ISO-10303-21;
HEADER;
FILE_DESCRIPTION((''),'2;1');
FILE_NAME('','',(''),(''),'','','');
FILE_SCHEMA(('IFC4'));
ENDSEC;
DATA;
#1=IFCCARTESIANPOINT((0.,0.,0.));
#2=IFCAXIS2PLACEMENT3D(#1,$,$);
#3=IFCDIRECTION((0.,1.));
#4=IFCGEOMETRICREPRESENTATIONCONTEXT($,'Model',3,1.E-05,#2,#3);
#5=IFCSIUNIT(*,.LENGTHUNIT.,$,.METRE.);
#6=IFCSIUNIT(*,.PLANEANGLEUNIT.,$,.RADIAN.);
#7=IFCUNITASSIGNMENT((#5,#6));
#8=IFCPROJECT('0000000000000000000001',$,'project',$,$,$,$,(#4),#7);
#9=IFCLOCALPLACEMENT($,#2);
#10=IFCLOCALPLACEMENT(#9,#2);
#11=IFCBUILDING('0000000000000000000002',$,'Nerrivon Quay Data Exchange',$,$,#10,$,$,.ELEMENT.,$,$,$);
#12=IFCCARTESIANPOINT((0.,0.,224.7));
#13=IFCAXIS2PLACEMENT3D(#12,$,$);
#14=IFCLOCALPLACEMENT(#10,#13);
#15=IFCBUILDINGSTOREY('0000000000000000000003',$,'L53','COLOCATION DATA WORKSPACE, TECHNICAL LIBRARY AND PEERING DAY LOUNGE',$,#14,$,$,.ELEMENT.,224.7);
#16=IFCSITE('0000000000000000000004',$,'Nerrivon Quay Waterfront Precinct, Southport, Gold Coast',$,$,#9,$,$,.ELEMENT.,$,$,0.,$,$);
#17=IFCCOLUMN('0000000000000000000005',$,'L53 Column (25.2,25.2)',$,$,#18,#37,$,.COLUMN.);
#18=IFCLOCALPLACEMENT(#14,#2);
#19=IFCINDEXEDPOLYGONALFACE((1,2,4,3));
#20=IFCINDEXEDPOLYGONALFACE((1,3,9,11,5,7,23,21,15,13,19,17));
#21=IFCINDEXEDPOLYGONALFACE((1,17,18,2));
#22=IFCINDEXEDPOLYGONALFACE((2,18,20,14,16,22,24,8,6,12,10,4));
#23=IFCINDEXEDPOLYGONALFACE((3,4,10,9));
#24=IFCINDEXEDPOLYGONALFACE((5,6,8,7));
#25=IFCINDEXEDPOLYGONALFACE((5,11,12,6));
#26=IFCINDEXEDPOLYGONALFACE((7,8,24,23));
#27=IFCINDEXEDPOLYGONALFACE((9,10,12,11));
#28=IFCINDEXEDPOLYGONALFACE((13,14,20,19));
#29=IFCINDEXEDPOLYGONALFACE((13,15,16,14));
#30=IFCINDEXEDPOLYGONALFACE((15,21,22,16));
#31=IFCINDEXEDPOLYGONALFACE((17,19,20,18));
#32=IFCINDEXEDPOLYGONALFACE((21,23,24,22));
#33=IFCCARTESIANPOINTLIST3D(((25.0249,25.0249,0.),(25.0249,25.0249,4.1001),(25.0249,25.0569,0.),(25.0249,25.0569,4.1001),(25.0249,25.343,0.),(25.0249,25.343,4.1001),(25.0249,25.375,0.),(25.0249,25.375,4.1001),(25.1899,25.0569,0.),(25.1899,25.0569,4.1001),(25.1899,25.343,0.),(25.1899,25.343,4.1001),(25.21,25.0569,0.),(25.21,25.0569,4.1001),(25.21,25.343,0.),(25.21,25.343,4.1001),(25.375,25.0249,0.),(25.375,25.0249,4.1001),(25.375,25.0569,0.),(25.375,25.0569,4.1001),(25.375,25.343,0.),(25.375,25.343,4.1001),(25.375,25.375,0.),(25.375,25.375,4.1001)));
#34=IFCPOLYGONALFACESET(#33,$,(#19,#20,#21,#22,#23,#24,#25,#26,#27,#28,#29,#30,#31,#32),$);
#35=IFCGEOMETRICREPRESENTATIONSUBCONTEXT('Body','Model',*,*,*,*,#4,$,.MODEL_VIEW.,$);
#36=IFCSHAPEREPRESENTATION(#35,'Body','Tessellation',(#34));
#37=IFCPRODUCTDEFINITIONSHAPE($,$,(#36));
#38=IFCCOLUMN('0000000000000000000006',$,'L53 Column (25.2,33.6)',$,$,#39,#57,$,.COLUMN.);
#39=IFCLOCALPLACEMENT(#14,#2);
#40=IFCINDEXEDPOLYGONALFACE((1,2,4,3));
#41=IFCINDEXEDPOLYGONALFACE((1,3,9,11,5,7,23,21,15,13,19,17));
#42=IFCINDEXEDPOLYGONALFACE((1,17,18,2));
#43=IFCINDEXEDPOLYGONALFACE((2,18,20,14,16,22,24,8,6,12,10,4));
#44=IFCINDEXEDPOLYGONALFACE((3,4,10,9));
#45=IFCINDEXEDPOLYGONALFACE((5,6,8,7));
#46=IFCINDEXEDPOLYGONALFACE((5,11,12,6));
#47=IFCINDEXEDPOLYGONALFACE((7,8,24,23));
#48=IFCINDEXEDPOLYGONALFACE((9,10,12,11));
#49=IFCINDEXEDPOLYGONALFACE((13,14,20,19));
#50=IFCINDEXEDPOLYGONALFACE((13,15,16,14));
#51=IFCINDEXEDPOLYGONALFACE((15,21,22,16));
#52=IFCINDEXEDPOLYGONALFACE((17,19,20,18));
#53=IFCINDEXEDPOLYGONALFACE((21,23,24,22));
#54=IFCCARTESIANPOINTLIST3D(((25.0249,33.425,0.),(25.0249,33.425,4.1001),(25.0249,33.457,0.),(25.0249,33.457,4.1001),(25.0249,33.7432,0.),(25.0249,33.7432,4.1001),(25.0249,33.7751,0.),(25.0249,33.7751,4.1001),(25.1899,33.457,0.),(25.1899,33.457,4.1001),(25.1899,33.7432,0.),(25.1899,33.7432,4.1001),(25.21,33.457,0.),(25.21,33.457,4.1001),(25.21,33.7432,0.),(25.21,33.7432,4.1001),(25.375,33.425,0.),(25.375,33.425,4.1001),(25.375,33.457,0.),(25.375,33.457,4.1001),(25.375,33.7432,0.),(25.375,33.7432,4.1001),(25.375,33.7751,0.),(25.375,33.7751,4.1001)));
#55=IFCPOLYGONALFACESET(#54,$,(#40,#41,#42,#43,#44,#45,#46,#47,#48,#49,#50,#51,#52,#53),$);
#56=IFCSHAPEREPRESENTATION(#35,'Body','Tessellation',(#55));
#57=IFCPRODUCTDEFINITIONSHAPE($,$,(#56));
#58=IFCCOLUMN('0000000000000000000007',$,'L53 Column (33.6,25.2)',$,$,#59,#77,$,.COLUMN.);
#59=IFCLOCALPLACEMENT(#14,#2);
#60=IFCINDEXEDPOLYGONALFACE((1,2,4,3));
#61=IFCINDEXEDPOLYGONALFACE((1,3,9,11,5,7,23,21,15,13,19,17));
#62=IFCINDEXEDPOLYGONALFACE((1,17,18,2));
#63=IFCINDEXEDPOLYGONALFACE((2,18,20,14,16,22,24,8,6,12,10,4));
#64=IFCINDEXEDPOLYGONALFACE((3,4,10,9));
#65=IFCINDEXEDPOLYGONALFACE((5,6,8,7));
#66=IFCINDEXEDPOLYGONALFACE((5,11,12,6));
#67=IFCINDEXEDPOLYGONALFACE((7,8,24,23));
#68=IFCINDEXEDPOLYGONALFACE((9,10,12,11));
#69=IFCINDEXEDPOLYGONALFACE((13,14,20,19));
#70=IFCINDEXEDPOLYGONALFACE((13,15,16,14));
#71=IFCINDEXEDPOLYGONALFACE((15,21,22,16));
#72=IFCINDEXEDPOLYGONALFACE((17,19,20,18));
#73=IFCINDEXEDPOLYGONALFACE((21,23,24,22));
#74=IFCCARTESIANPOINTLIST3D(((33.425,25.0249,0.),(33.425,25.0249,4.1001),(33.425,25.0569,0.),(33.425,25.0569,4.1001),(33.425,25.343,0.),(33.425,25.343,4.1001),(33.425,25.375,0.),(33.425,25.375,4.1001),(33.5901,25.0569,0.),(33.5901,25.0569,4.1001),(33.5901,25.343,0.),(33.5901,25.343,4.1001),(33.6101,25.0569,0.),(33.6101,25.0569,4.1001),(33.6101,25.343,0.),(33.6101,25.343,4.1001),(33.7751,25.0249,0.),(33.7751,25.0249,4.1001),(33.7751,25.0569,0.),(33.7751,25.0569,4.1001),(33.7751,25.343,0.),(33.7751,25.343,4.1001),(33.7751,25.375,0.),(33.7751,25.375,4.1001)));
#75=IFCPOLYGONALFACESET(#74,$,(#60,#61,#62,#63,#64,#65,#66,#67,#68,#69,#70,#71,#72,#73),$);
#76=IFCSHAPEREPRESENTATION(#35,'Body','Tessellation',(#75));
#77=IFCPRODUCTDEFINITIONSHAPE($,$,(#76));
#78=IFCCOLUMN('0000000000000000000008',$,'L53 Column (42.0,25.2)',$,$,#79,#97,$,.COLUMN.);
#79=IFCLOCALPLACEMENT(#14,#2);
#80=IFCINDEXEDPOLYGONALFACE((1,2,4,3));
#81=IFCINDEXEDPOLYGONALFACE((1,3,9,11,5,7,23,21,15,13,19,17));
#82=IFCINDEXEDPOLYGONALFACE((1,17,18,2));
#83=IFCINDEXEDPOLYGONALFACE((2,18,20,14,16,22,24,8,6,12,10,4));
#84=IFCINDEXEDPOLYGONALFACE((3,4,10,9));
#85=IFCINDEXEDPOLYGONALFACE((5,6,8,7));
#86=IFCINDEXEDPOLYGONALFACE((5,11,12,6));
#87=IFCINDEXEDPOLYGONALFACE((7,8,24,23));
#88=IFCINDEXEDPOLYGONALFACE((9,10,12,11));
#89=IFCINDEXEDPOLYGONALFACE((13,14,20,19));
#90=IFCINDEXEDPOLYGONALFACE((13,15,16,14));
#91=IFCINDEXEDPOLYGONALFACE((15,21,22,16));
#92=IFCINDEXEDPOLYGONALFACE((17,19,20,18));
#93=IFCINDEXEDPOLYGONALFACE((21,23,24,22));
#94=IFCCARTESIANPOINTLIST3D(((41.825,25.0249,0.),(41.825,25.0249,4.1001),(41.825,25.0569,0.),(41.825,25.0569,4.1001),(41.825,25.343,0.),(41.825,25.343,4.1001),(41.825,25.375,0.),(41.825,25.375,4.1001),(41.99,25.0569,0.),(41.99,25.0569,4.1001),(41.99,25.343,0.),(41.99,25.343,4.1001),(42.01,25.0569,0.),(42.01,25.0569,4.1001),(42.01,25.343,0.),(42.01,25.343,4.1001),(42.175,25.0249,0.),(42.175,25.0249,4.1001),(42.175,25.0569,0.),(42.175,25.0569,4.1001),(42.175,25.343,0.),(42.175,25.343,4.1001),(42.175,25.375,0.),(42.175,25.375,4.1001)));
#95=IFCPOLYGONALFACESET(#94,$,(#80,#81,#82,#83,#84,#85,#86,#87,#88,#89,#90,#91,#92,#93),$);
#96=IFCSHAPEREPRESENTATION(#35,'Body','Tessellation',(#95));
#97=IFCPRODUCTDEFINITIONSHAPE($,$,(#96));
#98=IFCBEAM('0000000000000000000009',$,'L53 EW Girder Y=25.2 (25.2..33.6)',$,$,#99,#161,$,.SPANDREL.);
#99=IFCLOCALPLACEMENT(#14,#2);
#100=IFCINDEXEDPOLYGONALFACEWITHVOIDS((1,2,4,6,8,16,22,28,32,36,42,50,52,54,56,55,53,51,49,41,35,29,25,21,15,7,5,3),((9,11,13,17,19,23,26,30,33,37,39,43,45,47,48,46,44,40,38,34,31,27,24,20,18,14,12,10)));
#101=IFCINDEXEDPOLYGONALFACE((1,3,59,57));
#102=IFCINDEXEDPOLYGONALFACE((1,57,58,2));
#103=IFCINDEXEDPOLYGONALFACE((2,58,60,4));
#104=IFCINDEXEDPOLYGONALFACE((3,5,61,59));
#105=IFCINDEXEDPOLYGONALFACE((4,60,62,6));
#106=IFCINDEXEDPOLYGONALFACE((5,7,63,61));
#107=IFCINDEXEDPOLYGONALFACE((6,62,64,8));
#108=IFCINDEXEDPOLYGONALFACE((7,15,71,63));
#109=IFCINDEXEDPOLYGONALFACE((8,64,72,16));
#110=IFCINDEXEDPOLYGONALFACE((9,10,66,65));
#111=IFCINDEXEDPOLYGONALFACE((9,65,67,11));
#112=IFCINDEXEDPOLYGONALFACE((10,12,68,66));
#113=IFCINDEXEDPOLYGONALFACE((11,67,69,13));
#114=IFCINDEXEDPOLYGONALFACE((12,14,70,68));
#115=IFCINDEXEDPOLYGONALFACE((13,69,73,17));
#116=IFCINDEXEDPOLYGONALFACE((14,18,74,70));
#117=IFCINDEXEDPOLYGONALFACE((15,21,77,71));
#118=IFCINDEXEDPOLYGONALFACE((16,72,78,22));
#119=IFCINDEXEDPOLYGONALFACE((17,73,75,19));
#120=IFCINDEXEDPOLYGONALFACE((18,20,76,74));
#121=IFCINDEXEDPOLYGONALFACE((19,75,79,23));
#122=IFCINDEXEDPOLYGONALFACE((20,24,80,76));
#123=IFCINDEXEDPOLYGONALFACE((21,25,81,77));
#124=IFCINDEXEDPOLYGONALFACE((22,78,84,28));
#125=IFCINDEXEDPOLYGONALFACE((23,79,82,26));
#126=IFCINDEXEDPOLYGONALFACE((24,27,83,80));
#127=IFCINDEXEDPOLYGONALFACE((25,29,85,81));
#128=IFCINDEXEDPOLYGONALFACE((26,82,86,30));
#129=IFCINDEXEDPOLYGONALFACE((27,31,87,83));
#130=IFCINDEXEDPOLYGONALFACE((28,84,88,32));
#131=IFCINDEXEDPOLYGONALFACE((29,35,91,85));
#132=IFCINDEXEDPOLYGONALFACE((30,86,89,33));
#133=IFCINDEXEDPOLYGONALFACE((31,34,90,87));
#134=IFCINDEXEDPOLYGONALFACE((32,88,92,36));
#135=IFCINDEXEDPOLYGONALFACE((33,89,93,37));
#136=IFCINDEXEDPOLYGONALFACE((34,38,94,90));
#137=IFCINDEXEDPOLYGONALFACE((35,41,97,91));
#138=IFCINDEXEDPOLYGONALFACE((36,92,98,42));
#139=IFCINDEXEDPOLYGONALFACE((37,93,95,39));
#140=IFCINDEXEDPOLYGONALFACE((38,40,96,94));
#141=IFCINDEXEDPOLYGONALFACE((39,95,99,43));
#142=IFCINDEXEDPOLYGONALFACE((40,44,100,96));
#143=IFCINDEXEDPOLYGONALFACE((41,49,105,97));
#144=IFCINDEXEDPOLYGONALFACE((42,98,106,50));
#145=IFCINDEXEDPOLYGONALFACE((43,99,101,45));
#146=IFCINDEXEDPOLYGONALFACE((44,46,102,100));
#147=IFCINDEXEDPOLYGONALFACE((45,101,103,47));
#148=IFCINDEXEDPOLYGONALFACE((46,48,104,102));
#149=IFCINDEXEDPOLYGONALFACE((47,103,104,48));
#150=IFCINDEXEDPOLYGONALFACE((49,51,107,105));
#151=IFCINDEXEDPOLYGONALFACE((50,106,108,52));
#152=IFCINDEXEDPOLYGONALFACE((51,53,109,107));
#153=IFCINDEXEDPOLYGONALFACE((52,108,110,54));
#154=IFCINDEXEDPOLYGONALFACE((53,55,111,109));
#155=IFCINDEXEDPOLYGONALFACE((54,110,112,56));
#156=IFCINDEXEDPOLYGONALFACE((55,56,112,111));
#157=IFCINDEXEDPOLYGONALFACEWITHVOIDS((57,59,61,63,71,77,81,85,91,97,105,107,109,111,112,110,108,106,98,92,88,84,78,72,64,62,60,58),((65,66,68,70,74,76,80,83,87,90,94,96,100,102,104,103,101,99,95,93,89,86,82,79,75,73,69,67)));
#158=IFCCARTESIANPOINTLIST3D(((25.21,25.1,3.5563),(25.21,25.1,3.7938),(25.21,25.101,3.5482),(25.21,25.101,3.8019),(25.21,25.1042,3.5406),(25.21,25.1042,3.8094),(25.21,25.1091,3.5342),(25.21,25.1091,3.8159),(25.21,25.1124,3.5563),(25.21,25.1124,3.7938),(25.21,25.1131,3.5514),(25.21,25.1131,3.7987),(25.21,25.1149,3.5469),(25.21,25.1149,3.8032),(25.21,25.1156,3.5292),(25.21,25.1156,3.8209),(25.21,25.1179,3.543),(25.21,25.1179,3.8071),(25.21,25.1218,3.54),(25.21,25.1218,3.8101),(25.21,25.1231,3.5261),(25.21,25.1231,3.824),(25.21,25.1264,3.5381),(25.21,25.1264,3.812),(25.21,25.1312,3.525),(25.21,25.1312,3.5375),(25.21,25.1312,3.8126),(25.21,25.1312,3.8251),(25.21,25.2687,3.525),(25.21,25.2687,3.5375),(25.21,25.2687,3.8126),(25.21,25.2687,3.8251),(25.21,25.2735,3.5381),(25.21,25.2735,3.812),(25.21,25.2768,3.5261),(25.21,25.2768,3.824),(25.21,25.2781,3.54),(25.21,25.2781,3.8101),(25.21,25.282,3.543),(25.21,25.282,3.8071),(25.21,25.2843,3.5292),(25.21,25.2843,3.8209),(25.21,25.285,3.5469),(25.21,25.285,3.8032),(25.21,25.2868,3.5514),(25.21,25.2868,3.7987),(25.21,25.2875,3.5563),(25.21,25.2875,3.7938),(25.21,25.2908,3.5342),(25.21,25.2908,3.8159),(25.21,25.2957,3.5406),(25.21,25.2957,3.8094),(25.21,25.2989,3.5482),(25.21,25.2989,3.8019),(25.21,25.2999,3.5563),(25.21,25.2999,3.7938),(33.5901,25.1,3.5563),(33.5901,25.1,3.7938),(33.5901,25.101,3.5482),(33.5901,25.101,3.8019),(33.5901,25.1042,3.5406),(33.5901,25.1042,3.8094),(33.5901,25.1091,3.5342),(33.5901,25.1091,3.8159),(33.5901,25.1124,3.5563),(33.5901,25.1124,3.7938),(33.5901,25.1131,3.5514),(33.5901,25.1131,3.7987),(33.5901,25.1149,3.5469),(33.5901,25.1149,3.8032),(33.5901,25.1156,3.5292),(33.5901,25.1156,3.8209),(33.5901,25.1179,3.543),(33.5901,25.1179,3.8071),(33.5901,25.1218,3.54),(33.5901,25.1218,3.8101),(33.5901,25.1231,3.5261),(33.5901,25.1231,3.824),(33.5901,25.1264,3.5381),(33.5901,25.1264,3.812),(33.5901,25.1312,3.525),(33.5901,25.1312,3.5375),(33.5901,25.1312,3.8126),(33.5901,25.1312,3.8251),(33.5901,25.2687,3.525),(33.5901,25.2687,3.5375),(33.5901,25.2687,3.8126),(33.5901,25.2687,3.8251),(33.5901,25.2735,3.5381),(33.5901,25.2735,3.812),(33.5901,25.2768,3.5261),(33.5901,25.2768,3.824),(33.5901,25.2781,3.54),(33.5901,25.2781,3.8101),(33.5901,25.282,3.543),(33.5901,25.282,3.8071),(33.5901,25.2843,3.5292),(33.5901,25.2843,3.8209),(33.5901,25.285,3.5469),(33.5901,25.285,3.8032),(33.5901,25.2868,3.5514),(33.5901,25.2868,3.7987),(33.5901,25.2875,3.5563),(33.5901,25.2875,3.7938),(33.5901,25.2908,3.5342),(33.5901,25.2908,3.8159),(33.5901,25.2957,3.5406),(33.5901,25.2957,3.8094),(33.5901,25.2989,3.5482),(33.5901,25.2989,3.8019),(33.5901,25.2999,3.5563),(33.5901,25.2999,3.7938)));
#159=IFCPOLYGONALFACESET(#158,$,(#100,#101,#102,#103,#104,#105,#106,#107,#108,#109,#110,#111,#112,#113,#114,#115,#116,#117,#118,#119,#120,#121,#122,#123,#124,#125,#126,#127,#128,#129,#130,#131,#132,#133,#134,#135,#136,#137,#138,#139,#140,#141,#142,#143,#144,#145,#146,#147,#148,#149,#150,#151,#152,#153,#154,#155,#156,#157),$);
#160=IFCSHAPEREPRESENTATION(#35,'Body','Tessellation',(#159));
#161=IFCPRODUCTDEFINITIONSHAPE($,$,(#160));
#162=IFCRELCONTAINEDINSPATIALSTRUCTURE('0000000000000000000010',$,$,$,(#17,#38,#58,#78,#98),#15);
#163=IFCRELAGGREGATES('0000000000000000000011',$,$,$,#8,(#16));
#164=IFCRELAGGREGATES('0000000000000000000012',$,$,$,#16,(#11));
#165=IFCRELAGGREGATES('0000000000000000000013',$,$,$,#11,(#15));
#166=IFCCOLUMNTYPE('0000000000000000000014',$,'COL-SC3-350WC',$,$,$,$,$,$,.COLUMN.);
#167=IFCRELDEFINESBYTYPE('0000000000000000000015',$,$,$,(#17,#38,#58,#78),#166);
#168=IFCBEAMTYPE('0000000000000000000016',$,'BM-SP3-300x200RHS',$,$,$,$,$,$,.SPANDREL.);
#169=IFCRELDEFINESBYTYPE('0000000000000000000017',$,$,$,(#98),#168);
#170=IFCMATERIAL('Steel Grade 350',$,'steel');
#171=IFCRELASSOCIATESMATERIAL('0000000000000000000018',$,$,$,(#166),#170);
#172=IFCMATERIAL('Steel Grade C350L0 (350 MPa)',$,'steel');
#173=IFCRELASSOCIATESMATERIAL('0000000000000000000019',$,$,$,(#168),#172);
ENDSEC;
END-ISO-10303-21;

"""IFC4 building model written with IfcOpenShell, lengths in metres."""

from ifc_helpers import new_model, si_unit, direction, frame, origin, origin_2d, place, context, subcontext, project, spatial, hollow_rectangle, i_section, extrude, material, material_profile, profile_set, type_object, element, save


model = new_model("IFC4")

# Units and contexts
model_context = context("Model", 3, precision=1e-05, world=origin(), true_north=direction((0.0, 1.0)))
body_context = subcontext(model_context, "Body", "Model", "MODEL_VIEW")
ifc_project = project(units=[si_unit("LENGTHUNIT", "METRE"), si_unit("PLANEANGLEUNIT", "RADIAN")], contexts=[model_context])

# Site, building, storey
site_placement = place(None, origin())
site = spatial("IfcSite", under=ifc_project, at=site_placement, Name="Nerrivon Quay Waterfront Precinct, Southport, Gold Coast", CompositionType="ELEMENT", RefElevation=0.0)
building_placement = place(site_placement, origin())
building = spatial("IfcBuilding", under=site, at=building_placement, Name="Nerrivon Quay Data Exchange", CompositionType="ELEMENT")
storey_placement = place(building_placement, frame((0.0, 0.0, 224.7)))
storey = spatial("IfcBuildingStorey", under=building, at=storey_placement, Name="L53", Description="COLOCATION DATA WORKSPACE, TECHNICAL LIBRARY AND PEERING DAY LOUNGE", CompositionType="ELEMENT", Elevation=224.7)

# Columns
ifc_material_1 = material(Name="Steel Grade 350", Category="steel")
ifc_material_profile_1 = material_profile(ifc_material_1, i_section(OverallWidth=0.3501, OverallDepth=0.3501, WebThickness=0.02, FlangeThickness=0.032, at=origin_2d()), Name="350WC230")
ifc_profile_set_1 = profile_set([ifc_material_profile_1], Name="Steel Grade 350")
column_type = type_object("IfcColumnType", Name="COL-SC3-350WC", PredefinedType="COLUMN", material=ifc_profile_set_1)
for number, where, z_axis, x_axis, name in (
    (1, (25.2, 25.2, 0.0), (0.0, 0.0, 1.0), (1.0, 0.0, 0.0), "L53 Column (25.2,25.2)"),
    (2, (25.2, 33.6001, 0.0), (0.0, 0.0, 1.0), (1.0, 0.0, 0.0), "L53 Column (25.2,33.6)"),
    (3, (33.6001, 25.2, 0.0), (0.0, 0.0, 1.0), (1.0, 0.0, 0.0), "L53 Column (33.6,25.2)"),
    (4, (42.0, 25.2, 0.0), (0.0, 0.0, 1.0), (1.0, 0.0, 0.0), "L53 Column (42.0,25.2)"),
):
    element("IfcColumn", number, at=place(storey_placement, frame(where, z_axis=z_axis, x_axis=x_axis)), inside=storey, type_object=column_type, Name=name, PredefinedType="COLUMN", context=body_context, shape_type="SweptSolid", body=[
        extrude(i_section(OverallWidth=0.3501, OverallDepth=0.3501, WebThickness=0.02, FlangeThickness=0.032, at=origin_2d()), origin(), (0.0, 0.0, 1.0), 4.1001),
    ])

# Beam
ifc_material_2 = material(Name="Steel Grade C350L0 (350 MPa)", Category="steel")
ifc_material_profile_2 = material_profile(ifc_material_2, hollow_rectangle(XDim=0.2, YDim=0.3, WallThickness=0.0125, InnerFilletRadius=0.0188, OuterFilletRadius=0.0312, at=origin_2d()), Name="300x200x12.5RHS")
ifc_profile_set_2 = profile_set([ifc_material_profile_2], Name="Steel Grade C350L0 (350 MPa)")
beam_type = type_object("IfcBeamType", Name="BM-SP3-300x200RHS", PredefinedType="SPANDREL", material=ifc_profile_set_2)
beam_1_placement = place(storey_placement, frame((25.21, 25.2, 3.675), z_axis=(1.0, 0.0, 0.0), x_axis=(0.0, 1.0, 0.0)))
element("IfcBeam", 5, at=beam_1_placement, inside=storey, type_object=beam_type, Name="L53 EW Girder Y=25.2 (25.2..33.6)", PredefinedType="SPANDREL", context=body_context, shape_type="SweptSolid", body=[
    extrude(hollow_rectangle(XDim=0.2, YDim=0.3, WallThickness=0.0125, InnerFilletRadius=0.0188, OuterFilletRadius=0.0312, at=origin_2d()), origin(), (0.0, 0.0, 1.0), 8.3801),
])

save(model, "model.ifc")
